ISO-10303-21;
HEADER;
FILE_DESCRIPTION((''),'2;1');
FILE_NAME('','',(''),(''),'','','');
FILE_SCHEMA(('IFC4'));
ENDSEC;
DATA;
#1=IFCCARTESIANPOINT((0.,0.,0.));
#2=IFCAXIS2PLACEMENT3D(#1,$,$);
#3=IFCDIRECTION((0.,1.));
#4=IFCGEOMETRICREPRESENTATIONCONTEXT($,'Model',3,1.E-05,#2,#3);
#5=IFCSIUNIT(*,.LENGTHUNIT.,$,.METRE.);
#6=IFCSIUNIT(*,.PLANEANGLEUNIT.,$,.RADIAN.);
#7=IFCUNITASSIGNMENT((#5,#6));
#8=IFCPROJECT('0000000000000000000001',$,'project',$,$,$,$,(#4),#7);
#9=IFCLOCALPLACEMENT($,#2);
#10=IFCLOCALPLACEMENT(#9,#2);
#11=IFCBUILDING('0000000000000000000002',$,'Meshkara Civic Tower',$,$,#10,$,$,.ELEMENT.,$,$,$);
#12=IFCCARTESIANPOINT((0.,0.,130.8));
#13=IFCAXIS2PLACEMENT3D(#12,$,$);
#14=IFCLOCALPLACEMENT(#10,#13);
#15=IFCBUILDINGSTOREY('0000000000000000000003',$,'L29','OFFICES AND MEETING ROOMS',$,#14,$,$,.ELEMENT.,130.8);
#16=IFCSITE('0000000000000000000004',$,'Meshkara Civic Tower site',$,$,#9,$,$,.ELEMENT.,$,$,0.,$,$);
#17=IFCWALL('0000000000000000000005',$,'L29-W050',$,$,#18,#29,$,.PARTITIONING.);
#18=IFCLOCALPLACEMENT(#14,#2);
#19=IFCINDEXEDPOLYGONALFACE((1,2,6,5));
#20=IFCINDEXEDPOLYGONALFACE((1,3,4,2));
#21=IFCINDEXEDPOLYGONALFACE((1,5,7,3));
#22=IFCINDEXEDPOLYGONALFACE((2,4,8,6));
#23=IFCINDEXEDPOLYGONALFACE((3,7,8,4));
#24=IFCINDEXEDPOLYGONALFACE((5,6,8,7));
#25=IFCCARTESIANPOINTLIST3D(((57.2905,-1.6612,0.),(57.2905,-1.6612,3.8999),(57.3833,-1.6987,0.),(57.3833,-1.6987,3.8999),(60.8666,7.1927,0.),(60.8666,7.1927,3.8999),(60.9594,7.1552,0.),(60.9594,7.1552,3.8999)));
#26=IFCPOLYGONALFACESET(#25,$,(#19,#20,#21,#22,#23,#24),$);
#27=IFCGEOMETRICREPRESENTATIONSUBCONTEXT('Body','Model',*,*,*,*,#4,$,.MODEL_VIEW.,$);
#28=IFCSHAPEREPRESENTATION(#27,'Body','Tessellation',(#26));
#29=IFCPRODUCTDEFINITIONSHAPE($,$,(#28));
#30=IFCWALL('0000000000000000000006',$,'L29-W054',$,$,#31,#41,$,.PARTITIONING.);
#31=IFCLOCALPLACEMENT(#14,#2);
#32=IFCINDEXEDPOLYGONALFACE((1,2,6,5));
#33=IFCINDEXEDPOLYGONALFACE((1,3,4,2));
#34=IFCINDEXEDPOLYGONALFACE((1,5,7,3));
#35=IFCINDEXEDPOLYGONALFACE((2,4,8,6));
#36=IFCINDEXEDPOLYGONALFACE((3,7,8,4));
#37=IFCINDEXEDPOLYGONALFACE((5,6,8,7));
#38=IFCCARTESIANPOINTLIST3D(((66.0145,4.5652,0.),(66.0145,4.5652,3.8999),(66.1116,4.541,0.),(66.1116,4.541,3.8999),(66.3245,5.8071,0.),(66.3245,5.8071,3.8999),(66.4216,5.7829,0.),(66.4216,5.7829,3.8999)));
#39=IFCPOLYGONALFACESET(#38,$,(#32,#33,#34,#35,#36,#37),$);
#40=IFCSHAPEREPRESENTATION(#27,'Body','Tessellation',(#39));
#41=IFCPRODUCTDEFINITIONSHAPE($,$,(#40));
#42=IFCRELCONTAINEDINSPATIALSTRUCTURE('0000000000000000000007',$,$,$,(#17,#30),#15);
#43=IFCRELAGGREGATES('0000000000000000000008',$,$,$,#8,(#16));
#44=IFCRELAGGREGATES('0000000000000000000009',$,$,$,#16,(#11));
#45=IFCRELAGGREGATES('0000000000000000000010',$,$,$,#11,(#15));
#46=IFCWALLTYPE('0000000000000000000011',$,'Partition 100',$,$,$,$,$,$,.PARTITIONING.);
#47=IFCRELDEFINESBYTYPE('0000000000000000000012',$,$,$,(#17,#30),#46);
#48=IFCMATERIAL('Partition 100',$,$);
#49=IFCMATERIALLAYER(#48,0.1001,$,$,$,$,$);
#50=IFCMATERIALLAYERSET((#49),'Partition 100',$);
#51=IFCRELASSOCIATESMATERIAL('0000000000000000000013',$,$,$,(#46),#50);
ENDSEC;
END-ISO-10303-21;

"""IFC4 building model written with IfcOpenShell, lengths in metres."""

from ifc_helpers import new_model, si_unit, direction, frame, frame_2d, origin, place, context, subcontext, project, spatial, rectangle, extrude, material, layer, layer_set, type_object, element, save


model = new_model("IFC4")

# Units and contexts
model_context = context("Model", 3, precision=1e-05, world=origin(), true_north=direction((0.0, 1.0)))
body_context = subcontext(model_context, "Body", "Model", "MODEL_VIEW")
ifc_project = project(units=[si_unit("LENGTHUNIT", "METRE"), si_unit("PLANEANGLEUNIT", "RADIAN")], contexts=[model_context])

# Site, building, storey
site_placement = place(None, origin())
site = spatial("IfcSite", under=ifc_project, at=site_placement, Name="Meshkara Civic Tower site", CompositionType="ELEMENT", RefElevation=0.0)
building_placement = place(site_placement, origin())
building = spatial("IfcBuilding", under=site, at=building_placement, Name="Meshkara Civic Tower", CompositionType="ELEMENT")
storey_placement = place(building_placement, frame((0.0, 0.0, 130.8)))
storey = spatial("IfcBuildingStorey", under=building, at=storey_placement, Name="L29", Description="OFFICES AND MEETING ROOMS", CompositionType="ELEMENT", Elevation=130.8)

# Walls
ifc_material_1 = material(Name="Partition 100")
ifc_layer_1 = layer(ifc_material_1, 0.1001)
ifc_layer_set_1 = layer_set([ifc_layer_1], Name="Partition 100")
wall_type_1 = type_object("IfcWallType", Name="Partition 100", PredefinedType="PARTITIONING", material=ifc_layer_set_1)
wall_1_placement = place(storey_placement, frame((57.3369, -1.6799, 0.0), z_axis=(0.0, 0.0, 1.0), x_axis=(0.37451, 0.927223, 0.0)))
element("IfcWall", 1, at=wall_1_placement, inside=storey, type_object=wall_type_1, Name="L29-W050", PredefinedType="PARTITIONING", context=body_context, shape_type="SweptSolid", body=[
    extrude(rectangle(XDim=9.5488, YDim=0.1001, at=frame_2d((4.7744, 0.0))), origin(), (0.0, 0.0, 1.0), 3.8999),
])
wall_2_placement = place(storey_placement, frame((66.063, 4.553, 0.0), z_axis=(0.0, 0.0, 1.0), x_axis=(0.242221, 0.970221, 0.0)))
element("IfcWall", 2, at=wall_2_placement, inside=storey, type_object=wall_type_1, Name="L29-W054", PredefinedType="PARTITIONING", context=body_context, shape_type="SweptSolid", body=[
    extrude(rectangle(XDim=1.28, YDim=0.1001, at=frame_2d((0.6401, 0.0))), origin(), (0.0, 0.0, 1.0), 3.8999),
])

save(model, "model.ifc")
